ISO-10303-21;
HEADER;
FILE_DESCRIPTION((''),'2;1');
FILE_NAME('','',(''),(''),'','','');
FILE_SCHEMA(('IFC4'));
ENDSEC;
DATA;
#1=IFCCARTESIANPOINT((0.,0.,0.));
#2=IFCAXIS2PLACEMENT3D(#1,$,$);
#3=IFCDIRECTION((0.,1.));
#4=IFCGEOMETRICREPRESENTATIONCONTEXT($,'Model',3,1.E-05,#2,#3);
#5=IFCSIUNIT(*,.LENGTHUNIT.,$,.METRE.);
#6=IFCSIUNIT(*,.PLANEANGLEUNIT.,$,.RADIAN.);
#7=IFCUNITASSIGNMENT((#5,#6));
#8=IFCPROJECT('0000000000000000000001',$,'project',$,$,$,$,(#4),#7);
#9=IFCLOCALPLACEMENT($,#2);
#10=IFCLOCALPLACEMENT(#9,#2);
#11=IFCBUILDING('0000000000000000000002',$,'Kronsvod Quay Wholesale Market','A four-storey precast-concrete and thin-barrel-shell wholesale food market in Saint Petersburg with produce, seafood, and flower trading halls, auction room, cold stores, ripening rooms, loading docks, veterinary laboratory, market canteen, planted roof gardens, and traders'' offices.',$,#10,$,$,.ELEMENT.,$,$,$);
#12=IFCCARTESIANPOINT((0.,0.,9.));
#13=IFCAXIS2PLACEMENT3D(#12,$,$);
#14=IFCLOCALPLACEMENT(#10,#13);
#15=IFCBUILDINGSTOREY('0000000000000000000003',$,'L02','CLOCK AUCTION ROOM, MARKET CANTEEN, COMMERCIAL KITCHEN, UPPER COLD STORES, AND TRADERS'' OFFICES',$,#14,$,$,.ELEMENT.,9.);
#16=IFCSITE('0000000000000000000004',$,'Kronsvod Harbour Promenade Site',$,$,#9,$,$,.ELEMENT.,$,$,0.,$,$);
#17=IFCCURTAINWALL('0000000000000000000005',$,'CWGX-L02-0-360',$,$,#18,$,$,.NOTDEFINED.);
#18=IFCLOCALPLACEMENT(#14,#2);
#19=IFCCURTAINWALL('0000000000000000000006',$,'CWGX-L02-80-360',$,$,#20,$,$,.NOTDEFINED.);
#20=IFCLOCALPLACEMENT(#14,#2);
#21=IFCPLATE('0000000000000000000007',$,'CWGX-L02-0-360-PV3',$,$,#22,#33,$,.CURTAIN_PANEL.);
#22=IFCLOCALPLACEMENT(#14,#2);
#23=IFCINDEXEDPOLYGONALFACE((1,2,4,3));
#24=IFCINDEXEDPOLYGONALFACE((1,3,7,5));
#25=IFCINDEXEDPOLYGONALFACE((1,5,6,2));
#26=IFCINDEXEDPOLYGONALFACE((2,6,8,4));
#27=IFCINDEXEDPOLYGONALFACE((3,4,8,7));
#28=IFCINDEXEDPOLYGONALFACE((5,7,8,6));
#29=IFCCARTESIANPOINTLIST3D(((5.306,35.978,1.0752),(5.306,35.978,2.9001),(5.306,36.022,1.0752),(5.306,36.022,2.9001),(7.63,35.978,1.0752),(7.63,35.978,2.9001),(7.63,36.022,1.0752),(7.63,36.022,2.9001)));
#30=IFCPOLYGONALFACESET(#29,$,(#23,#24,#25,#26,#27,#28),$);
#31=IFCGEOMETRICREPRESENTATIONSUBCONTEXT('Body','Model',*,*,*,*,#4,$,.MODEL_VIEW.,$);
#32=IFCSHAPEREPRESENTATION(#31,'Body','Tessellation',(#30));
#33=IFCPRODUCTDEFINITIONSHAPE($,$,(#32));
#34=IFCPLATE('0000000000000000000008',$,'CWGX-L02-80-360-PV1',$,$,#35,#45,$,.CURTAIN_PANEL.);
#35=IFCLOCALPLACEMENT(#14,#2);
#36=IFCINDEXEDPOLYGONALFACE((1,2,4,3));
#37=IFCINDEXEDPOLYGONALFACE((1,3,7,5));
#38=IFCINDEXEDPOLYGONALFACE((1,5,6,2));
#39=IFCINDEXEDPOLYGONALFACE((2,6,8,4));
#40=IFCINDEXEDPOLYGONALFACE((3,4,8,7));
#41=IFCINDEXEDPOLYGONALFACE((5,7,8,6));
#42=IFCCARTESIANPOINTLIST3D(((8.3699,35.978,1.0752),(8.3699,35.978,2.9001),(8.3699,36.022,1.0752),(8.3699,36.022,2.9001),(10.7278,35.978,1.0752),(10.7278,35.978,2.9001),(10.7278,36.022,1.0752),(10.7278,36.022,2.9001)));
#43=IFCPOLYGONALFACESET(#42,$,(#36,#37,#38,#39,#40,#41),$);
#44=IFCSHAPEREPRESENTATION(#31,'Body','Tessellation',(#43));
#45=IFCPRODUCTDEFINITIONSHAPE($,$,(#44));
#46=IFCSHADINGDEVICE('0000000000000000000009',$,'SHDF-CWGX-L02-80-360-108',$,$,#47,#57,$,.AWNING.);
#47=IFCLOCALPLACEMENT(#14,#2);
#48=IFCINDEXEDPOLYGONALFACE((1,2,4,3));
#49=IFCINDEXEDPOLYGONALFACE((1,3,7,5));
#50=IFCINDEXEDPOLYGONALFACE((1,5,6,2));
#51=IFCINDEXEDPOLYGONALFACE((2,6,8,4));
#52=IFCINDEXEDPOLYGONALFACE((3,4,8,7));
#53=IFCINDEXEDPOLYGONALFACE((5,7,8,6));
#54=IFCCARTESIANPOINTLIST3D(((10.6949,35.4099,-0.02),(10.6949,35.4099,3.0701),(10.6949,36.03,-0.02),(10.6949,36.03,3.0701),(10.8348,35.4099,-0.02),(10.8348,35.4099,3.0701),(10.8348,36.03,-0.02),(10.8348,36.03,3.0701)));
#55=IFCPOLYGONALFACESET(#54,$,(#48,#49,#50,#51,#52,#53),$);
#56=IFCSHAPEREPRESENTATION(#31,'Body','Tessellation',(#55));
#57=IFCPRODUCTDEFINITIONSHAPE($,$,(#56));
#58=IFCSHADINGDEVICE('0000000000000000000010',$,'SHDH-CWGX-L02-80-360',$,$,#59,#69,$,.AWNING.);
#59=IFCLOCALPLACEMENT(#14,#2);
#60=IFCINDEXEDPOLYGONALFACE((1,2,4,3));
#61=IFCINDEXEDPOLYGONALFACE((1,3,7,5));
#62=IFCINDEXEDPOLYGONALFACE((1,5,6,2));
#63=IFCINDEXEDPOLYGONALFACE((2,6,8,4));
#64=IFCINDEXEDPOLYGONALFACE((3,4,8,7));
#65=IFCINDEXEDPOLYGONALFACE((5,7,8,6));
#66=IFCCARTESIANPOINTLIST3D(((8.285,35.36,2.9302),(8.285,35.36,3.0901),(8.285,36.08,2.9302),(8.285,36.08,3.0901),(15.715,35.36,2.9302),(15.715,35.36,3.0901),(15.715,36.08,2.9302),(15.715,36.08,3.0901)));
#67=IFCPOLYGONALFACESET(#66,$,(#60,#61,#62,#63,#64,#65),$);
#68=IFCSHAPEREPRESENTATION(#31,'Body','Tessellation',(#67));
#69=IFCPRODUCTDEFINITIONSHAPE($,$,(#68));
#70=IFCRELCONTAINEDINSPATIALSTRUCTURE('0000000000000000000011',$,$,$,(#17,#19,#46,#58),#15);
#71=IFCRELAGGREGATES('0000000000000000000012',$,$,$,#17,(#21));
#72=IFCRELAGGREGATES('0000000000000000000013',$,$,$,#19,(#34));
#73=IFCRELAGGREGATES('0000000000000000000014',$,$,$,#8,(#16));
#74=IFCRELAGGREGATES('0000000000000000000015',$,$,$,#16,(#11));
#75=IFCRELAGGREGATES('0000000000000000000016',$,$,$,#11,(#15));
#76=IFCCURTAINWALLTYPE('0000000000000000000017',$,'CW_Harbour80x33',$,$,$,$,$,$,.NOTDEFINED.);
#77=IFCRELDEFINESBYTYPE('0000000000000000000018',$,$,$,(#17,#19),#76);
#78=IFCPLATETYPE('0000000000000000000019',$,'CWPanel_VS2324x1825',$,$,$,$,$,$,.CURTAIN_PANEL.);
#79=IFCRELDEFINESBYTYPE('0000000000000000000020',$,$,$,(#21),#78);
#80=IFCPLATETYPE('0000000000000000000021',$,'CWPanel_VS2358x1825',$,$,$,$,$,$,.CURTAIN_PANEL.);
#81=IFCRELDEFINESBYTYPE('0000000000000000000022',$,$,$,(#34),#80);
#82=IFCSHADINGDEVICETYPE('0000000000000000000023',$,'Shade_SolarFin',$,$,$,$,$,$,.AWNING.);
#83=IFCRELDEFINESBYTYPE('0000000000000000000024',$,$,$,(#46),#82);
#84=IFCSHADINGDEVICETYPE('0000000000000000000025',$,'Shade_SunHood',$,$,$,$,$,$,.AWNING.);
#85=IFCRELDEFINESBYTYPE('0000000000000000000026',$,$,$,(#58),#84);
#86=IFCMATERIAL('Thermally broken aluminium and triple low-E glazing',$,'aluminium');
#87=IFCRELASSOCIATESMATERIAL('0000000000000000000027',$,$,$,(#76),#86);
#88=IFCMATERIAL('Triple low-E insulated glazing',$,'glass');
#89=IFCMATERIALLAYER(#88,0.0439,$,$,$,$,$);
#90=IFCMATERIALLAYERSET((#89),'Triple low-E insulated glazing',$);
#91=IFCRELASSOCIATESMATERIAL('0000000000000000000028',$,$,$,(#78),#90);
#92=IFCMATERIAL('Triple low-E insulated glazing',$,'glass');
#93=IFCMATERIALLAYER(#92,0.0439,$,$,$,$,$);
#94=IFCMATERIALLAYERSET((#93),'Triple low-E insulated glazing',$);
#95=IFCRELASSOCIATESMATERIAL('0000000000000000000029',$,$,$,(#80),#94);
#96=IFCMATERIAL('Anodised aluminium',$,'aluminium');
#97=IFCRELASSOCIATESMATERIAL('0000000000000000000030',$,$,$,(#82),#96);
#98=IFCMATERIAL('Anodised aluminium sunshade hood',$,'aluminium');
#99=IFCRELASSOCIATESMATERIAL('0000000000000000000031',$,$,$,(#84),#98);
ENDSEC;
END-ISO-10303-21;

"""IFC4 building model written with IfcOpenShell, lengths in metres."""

from ifc_helpers import new_model, si_unit, direction, frame, origin, origin_2d, place, context, subcontext, project, spatial, rectangle, extrude, material, layer, layer_set, type_object, element, aggregate, save


model = new_model("IFC4")

# Units and contexts
model_context = context("Model", 3, precision=1e-05, world=origin(), true_north=direction((0.0, 1.0)))
body_context = subcontext(model_context, "Body", "Model", "MODEL_VIEW")
ifc_project = project(units=[si_unit("LENGTHUNIT", "METRE"), si_unit("PLANEANGLEUNIT", "RADIAN")], contexts=[model_context])

# Site, building, storey
site_placement = place(None, origin())
site = spatial("IfcSite", under=ifc_project, at=site_placement, Name="Kronsvod Harbour Promenade Site", CompositionType="ELEMENT", RefElevation=0.0)
building_placement = place(site_placement, origin())
building = spatial("IfcBuilding", under=site, at=building_placement, Name="Kronsvod Quay Wholesale Market", Description="A four-storey precast-concrete and thin-barrel-shell wholesale food market in Saint Petersburg with produce, seafood, and flower trading halls, auction room, cold stores, ripening rooms, loading docks, veterinary laboratory, market canteen, planted roof gardens, and traders' offices.", CompositionType="ELEMENT")
storey_placement = place(building_placement, frame((0.0, 0.0, 9.0)))
storey = spatial("IfcBuildingStorey", under=building, at=storey_placement, Name="L02", Description="CLOCK AUCTION ROOM, MARKET CANTEEN, COMMERCIAL KITCHEN, UPPER COLD STORES, AND TRADERS' OFFICES", CompositionType="ELEMENT", Elevation=9.0)

# Curtain wall
ifc_material_1 = material(Name="Thermally broken aluminium and triple low-E glazing", Category="aluminium")
curtain_wall_type = type_object("IfcCurtainWallType", Name="CW_Harbour80x33", PredefinedType="NOTDEFINED", material=ifc_material_1)
curtain_wall_1_placement = place(storey_placement, origin())
curtain_wall_1 = element("IfcCurtainWall", 1, at=curtain_wall_1_placement, inside=storey, type_object=curtain_wall_type, Name="CWGX-L02-0-360", PredefinedType="NOTDEFINED")

# Curtain wall
curtain_wall_2_placement = place(storey_placement, origin())
curtain_wall_2 = element("IfcCurtainWall", 2, at=curtain_wall_2_placement, inside=storey, type_object=curtain_wall_type, Name="CWGX-L02-80-360", PredefinedType="NOTDEFINED")

# Plates
ifc_material_2 = material(Name="Triple low-E insulated glazing", Category="glass")
ifc_layer_1 = layer(ifc_material_2, 0.0439)
ifc_layer_set_1 = layer_set([ifc_layer_1], Name="Triple low-E insulated glazing")
plate_type_1 = type_object("IfcPlateType", Name="CWPanel_VS2324x1825", PredefinedType="CURTAIN_PANEL", material=ifc_layer_set_1)
plate_1_placement = place(storey_placement, frame((6.468, 36.0, 1.0752), z_axis=(0.0, 0.0, 1.0), x_axis=(1.0, 0.0, 0.0)))
plate_1 = element("IfcPlate", 3, at=plate_1_placement, type_object=plate_type_1, Name="CWGX-L02-0-360-PV3", PredefinedType="CURTAIN_PANEL", context=body_context, shape_type="SweptSolid", body=[
    extrude(rectangle(XDim=2.324, YDim=0.0439, at=origin_2d()), origin(), (0.0, 0.0, 1.0), 1.825),
])
aggregate(curtain_wall_1, [plate_1])
ifc_material_3 = material(Name="Triple low-E insulated glazing", Category="glass")
ifc_layer_2 = layer(ifc_material_3, 0.0439)
ifc_layer_set_2 = layer_set([ifc_layer_2], Name="Triple low-E insulated glazing")
plate_type_2 = type_object("IfcPlateType", Name="CWPanel_VS2358x1825", PredefinedType="CURTAIN_PANEL", material=ifc_layer_set_2)
plate_2_placement = place(storey_placement, frame((9.5488, 36.0, 1.0752), z_axis=(0.0, 0.0, 1.0), x_axis=(1.0, 0.0, 0.0)))
plate_2 = element("IfcPlate", 4, at=plate_2_placement, type_object=plate_type_2, Name="CWGX-L02-80-360-PV1", PredefinedType="CURTAIN_PANEL", context=body_context, shape_type="SweptSolid", body=[
    extrude(rectangle(XDim=2.3579, YDim=0.0439, at=origin_2d()), origin(), (0.0, 0.0, 1.0), 1.825),
])
aggregate(curtain_wall_2, [plate_2])

# Shading devices
ifc_material_4 = material(Name="Anodised aluminium", Category="aluminium")
shading_device_type_1 = type_object("IfcShadingDeviceType", Name="Shade_SolarFin", PredefinedType="AWNING", material=ifc_material_4)
shading_device_1_placement = place(storey_placement, frame((10.7649, 35.72, -0.02), z_axis=(0.0, 0.0, 1.0), x_axis=(1.0, 0.0, 0.0)))
element("IfcShadingDevice", 5, at=shading_device_1_placement, inside=storey, type_object=shading_device_type_1, Name="SHDF-CWGX-L02-80-360-108", PredefinedType="AWNING", context=body_context, shape_type="SweptSolid", body=[
    extrude(rectangle(XDim=0.1399, YDim=0.6201, at=origin_2d()), origin(), (0.0, 0.0, 1.0), 3.0901),
])
ifc_material_5 = material(Name="Anodised aluminium sunshade hood", Category="aluminium")
shading_device_type_2 = type_object("IfcShadingDeviceType", Name="Shade_SunHood", PredefinedType="AWNING", material=ifc_material_5)
shading_device_2_placement = place(storey_placement, frame((12.0, 35.72, 2.9302), z_axis=(0.0, 0.0, 1.0), x_axis=(1.0, 0.0, 0.0)))
element("IfcShadingDevice", 6, at=shading_device_2_placement, inside=storey, type_object=shading_device_type_2, Name="SHDH-CWGX-L02-80-360", PredefinedType="AWNING", context=body_context, shape_type="SweptSolid", body=[
    extrude(rectangle(XDim=7.4299, YDim=0.72, at=origin_2d()), origin(), (0.0, 0.0, 1.0), 0.1599),
])

save(model, "model.ifc")
